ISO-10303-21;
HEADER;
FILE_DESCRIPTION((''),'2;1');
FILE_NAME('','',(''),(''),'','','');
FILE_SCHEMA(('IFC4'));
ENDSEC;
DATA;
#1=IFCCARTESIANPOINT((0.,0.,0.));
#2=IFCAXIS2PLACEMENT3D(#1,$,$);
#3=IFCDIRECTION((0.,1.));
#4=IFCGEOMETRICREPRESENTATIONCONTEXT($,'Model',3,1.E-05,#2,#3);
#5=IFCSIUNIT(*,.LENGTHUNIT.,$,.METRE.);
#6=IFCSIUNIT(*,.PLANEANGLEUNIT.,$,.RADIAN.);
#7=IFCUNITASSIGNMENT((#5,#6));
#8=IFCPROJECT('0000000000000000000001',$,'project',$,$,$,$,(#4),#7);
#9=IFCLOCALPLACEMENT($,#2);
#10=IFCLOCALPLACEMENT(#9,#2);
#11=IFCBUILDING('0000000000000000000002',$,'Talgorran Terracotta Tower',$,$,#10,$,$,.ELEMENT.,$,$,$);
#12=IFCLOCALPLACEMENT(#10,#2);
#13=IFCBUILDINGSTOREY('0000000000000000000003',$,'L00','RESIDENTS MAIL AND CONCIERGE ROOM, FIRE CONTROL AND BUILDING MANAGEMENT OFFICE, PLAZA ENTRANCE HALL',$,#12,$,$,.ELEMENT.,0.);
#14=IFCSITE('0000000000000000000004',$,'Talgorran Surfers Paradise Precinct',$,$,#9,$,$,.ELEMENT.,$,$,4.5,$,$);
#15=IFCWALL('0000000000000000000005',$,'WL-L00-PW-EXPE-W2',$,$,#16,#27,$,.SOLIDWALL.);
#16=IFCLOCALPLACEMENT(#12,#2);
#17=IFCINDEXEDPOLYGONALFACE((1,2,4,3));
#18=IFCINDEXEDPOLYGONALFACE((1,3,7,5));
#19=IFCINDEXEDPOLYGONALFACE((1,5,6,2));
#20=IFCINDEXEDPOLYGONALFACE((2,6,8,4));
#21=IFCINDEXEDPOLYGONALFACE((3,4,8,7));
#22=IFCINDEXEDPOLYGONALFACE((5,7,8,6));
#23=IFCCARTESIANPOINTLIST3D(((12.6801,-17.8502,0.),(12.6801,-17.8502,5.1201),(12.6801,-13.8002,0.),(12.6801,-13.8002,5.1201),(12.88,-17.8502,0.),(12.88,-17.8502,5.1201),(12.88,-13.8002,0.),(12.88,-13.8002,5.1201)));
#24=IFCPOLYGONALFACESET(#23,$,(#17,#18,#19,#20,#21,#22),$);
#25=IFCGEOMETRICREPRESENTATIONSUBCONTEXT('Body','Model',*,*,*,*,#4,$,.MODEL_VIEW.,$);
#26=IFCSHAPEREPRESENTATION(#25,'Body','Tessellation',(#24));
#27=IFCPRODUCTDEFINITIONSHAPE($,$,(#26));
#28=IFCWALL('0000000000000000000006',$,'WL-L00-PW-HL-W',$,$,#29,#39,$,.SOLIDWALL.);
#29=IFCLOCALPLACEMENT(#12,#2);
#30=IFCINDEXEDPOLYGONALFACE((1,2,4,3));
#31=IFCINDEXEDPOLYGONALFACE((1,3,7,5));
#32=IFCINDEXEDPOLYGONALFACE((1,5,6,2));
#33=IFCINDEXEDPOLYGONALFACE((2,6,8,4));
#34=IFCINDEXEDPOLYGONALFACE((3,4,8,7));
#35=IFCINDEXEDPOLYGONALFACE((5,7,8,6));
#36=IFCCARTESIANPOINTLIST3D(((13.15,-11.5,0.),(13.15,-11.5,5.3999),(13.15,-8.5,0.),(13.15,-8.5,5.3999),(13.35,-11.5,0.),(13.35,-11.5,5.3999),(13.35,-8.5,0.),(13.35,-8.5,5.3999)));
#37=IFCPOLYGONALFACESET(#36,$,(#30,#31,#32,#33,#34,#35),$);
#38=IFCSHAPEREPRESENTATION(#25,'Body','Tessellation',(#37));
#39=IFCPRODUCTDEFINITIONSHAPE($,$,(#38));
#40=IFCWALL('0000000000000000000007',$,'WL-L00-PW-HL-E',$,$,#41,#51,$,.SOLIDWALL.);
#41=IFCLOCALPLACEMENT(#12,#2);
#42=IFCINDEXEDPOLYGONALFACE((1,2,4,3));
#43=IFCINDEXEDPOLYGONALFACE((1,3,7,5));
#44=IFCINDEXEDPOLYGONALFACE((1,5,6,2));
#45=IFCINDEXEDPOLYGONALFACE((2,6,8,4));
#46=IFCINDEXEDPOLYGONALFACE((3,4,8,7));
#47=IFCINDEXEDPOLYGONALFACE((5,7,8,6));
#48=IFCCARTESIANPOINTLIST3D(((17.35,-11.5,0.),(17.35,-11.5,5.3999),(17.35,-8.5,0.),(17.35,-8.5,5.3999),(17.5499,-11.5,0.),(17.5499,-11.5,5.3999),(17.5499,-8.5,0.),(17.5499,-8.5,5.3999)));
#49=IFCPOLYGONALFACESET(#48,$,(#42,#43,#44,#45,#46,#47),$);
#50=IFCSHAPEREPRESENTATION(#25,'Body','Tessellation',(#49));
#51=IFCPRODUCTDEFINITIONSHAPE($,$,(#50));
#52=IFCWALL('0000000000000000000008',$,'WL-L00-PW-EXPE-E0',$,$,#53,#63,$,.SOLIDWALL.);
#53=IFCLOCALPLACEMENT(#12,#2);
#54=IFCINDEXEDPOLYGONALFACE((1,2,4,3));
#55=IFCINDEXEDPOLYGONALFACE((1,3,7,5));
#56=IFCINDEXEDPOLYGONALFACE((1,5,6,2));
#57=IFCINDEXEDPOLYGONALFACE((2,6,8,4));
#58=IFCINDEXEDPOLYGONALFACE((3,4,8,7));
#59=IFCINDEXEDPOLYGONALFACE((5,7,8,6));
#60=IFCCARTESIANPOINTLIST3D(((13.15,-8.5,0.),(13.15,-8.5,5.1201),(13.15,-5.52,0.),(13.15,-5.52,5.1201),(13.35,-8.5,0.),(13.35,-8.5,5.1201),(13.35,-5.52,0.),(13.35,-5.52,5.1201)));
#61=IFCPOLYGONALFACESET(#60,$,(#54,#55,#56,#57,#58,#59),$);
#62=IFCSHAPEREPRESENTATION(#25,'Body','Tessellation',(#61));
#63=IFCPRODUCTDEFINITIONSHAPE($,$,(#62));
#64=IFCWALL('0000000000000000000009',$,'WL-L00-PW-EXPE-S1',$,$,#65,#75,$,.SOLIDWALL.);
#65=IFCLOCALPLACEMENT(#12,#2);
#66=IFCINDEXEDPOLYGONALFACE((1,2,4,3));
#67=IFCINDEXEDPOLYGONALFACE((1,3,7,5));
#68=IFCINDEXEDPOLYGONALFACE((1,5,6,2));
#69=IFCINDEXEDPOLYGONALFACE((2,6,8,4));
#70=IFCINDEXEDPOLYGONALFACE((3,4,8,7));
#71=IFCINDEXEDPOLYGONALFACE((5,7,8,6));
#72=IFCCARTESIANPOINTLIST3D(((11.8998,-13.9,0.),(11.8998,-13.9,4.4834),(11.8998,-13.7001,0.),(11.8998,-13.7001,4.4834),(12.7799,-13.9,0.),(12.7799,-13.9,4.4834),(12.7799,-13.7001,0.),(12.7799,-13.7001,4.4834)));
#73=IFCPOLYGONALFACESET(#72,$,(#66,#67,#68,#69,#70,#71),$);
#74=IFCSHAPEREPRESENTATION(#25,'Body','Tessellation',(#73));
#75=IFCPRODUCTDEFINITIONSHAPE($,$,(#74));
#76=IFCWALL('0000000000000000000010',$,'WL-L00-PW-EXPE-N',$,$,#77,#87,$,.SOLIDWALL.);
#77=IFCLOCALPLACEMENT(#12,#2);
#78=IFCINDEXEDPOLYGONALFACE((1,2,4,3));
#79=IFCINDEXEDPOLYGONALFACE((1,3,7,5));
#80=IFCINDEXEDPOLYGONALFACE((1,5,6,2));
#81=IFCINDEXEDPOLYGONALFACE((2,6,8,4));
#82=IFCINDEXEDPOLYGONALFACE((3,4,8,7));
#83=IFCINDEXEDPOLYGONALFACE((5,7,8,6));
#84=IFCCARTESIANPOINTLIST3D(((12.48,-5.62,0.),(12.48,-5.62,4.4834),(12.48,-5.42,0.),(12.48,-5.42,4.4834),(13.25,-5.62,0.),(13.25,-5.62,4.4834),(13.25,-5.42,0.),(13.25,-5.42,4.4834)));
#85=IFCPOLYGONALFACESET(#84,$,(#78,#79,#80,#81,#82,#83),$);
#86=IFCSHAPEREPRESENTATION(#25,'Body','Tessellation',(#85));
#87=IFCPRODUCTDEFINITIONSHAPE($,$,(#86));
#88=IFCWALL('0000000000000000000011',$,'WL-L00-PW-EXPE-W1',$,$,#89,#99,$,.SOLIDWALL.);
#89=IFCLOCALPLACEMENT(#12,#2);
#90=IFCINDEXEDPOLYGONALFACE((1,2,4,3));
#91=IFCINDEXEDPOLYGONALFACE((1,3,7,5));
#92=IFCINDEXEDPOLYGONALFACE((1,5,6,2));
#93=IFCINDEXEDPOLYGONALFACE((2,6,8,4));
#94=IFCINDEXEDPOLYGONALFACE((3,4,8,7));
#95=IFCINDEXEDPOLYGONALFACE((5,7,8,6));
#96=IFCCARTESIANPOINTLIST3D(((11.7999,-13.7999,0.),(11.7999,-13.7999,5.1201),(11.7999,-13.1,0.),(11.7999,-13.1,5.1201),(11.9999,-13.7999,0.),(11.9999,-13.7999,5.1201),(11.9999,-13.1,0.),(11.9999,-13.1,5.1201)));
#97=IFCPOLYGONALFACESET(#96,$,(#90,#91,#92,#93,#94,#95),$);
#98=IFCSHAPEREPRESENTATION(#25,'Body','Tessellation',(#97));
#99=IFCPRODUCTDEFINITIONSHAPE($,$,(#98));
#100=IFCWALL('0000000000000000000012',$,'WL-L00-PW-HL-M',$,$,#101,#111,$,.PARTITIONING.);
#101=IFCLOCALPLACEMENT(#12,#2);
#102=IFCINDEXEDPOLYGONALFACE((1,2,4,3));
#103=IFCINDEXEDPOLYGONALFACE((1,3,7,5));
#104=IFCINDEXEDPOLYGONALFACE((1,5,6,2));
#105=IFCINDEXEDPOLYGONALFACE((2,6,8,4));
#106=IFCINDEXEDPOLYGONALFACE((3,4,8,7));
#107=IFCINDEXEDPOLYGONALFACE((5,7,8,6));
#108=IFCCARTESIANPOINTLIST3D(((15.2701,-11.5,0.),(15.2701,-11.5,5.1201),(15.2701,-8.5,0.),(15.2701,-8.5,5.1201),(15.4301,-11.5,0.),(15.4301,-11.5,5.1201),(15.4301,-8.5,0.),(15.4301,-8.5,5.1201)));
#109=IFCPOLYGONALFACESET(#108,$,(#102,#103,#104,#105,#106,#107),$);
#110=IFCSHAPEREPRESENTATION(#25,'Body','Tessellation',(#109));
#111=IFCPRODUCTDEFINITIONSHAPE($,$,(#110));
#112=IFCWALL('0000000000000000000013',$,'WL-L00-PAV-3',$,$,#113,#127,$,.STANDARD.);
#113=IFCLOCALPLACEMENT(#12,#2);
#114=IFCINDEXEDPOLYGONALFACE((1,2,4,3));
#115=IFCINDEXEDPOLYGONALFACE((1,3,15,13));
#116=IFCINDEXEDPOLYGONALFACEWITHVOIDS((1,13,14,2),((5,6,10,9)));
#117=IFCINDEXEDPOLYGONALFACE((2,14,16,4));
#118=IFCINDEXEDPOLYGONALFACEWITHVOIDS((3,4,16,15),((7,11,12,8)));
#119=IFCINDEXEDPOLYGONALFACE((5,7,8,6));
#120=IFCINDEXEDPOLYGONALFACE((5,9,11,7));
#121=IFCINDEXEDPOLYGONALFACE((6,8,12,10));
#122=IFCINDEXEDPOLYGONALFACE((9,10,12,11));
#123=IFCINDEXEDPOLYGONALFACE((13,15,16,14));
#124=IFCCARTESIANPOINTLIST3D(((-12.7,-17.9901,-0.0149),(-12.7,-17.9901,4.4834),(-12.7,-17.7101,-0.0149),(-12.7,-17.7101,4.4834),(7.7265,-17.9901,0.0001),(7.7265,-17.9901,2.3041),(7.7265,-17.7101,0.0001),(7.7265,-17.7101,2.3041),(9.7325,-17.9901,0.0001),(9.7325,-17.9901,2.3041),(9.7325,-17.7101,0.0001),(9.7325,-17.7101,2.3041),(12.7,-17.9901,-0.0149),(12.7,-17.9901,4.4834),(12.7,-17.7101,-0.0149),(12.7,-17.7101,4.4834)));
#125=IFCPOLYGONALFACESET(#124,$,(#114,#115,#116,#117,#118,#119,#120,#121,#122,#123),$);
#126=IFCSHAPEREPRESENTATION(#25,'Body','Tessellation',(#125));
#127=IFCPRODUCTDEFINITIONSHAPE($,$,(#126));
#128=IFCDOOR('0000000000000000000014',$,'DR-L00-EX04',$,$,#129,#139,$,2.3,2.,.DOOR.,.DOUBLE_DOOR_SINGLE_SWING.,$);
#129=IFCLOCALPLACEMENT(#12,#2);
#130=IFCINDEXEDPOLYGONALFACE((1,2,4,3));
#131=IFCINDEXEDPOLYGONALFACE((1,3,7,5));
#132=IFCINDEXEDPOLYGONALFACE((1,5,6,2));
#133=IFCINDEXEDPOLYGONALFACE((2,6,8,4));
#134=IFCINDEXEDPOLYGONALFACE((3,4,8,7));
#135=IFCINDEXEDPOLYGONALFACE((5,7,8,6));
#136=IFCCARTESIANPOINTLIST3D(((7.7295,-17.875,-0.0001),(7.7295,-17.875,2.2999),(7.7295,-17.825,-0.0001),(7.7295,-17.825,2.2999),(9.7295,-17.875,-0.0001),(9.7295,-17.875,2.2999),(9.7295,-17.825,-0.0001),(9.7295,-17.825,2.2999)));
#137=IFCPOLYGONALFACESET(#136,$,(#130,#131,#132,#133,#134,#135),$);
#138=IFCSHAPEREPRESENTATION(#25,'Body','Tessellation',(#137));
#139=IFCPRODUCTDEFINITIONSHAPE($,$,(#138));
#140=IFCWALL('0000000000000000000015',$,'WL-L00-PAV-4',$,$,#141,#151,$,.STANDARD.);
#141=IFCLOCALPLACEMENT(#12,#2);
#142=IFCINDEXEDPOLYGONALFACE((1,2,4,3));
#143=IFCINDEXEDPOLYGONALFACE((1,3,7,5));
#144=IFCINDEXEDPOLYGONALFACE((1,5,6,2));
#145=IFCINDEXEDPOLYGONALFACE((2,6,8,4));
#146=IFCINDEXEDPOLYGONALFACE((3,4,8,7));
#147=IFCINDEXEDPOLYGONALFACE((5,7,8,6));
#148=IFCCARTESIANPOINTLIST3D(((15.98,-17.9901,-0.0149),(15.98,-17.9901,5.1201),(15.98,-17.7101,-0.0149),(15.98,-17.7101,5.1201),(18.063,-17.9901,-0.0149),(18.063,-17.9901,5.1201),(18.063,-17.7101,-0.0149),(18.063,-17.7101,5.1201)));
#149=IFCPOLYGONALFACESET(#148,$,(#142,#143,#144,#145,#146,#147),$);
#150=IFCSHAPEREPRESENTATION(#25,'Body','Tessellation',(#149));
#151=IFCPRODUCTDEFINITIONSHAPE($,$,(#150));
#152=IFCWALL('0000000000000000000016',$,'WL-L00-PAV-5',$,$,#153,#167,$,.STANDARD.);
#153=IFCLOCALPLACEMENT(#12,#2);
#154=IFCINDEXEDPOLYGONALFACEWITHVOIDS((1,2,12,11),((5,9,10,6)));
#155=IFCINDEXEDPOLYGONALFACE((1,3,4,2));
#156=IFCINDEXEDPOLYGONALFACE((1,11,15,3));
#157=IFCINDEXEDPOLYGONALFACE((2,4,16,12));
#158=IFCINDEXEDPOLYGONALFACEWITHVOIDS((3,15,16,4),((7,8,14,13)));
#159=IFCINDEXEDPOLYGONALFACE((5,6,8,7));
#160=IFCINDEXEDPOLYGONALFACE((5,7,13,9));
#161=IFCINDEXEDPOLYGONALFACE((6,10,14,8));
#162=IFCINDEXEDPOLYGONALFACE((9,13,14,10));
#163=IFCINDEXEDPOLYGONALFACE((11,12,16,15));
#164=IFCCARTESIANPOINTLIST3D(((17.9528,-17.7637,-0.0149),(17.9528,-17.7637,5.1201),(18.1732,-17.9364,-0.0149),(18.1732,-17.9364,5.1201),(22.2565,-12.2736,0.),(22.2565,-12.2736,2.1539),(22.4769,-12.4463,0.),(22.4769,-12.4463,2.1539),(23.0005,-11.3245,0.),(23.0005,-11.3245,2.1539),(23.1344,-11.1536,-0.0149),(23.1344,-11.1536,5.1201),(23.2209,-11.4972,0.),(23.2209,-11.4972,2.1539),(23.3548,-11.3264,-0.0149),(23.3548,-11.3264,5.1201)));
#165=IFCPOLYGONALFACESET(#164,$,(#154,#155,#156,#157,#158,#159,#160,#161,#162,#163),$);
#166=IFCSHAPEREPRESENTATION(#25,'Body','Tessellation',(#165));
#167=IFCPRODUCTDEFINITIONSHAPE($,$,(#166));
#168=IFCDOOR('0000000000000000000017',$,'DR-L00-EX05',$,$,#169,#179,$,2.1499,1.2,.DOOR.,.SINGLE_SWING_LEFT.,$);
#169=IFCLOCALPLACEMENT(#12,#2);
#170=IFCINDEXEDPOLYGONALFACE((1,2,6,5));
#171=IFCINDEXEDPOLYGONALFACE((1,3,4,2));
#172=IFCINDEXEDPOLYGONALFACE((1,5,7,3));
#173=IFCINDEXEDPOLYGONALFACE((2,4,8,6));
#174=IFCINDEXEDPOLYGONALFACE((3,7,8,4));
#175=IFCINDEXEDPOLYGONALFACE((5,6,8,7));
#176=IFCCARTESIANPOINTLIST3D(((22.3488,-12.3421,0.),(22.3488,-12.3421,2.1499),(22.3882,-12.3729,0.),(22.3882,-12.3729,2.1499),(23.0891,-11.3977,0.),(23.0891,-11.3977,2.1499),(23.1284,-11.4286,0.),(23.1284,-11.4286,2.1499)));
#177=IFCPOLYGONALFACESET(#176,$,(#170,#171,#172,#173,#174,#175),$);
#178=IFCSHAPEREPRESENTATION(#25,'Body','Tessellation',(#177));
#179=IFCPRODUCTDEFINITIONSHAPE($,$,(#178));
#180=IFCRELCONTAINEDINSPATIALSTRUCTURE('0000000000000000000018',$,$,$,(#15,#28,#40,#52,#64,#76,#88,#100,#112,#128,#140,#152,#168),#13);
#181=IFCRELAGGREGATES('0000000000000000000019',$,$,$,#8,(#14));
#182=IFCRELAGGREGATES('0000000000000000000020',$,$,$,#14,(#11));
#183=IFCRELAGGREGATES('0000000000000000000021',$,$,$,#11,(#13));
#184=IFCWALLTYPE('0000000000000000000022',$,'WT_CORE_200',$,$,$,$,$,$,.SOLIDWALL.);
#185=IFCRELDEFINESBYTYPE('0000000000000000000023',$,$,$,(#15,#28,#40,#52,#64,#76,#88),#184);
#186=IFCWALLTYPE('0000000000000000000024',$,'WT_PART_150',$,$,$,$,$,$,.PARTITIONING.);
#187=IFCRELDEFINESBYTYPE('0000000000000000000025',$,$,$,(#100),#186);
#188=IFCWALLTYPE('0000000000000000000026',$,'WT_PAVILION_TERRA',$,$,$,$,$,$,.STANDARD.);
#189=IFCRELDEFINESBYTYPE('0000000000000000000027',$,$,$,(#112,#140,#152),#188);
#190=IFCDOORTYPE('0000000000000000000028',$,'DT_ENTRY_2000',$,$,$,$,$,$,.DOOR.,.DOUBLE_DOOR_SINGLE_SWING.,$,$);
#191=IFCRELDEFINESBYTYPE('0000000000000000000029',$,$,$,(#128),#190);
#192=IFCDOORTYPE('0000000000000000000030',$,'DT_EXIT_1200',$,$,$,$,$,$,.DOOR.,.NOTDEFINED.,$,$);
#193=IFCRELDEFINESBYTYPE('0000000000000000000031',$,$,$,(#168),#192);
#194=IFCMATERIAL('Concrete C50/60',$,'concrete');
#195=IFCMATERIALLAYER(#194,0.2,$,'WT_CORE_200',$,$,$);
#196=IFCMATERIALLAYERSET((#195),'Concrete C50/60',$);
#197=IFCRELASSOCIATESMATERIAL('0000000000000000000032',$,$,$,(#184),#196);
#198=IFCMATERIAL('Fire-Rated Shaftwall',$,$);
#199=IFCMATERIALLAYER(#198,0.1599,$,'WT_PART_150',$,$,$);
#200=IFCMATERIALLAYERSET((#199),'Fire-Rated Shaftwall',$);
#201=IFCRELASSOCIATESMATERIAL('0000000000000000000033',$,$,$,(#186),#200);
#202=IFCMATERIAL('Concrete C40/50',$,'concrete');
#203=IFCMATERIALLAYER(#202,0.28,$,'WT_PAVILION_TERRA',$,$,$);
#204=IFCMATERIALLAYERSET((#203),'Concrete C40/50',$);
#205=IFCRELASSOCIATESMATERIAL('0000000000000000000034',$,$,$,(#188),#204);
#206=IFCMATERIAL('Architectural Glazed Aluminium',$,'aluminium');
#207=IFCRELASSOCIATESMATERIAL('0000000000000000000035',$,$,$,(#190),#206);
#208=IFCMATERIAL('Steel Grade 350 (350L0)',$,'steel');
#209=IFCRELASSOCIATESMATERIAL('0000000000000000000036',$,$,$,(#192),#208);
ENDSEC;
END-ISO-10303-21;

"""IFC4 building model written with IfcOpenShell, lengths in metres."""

from ifc_helpers import new_model, si_unit, direction, frame, frame_2d, origin, place, context, subcontext, project, spatial, rectangle, extrude, material, layer, layer_set, type_object, element, fill, save


model = new_model("IFC4")

# Units and contexts
model_context = context("Model", 3, precision=1e-05, world=origin(), true_north=direction((0.0, 1.0)))
body_context = subcontext(model_context, "Body", "Model", "MODEL_VIEW")
ifc_project = project(units=[si_unit("LENGTHUNIT", "METRE"), si_unit("PLANEANGLEUNIT", "RADIAN")], contexts=[model_context])

# Site, building, storey
site_placement = place(None, origin())
site = spatial("IfcSite", under=ifc_project, at=site_placement, Name="Talgorran Surfers Paradise Precinct", CompositionType="ELEMENT", RefElevation=4.5)
building_placement = place(site_placement, origin())
building = spatial("IfcBuilding", under=site, at=building_placement, Name="Talgorran Terracotta Tower", CompositionType="ELEMENT")
storey_placement = place(building_placement, origin())
storey = spatial("IfcBuildingStorey", under=building, at=storey_placement, Name="L00", Description="RESIDENTS MAIL AND CONCIERGE ROOM, FIRE CONTROL AND BUILDING MANAGEMENT OFFICE, PLAZA ENTRANCE HALL", CompositionType="ELEMENT", Elevation=0.0)

# Shared definitions
ifc_material_1 = material(Name="Steel Grade 350 (350L0)", Category="steel")

# Shared definitions
ifc_material_2 = material(Name="Concrete C50/60", Category="concrete")
ifc_layer_1 = layer(ifc_material_2, 0.2, Name="WT_CORE_200")
ifc_layer_set_1 = layer_set([ifc_layer_1], Name="Concrete C50/60")
wall_type_1 = type_object("IfcWallType", Name="WT_CORE_200", PredefinedType="SOLIDWALL", material=ifc_layer_set_1)

# Walls
wall_1_placement = place(storey_placement, frame((12.78, -17.8501, 0.0), z_axis=(0.0, 0.0, 1.0), x_axis=(0.0, 1.0, 0.0)))
element("IfcWall", 1, at=wall_1_placement, inside=storey, type_object=wall_type_1, Name="WL-L00-PW-EXPE-W2", PredefinedType="SOLIDWALL", context=body_context, shape_type="SweptSolid", body=[
    extrude(rectangle(XDim=4.05, YDim=0.2, at=frame_2d((2.0249, 0.0))), origin(), (0.0, 0.0, 1.0), 5.1201),
])
for number, where, z_axis, x_axis, name in (
    (2, (13.25, -11.5, 0.0), (0.0, 0.0, 1.0), (0.0, 1.0, 0.0), "WL-L00-PW-HL-W"),
    (3, (17.45, -11.5, 0.0), (0.0, 0.0, 1.0), (0.0, 1.0, 0.0), "WL-L00-PW-HL-E"),
):
    element("IfcWall", number, at=place(storey_placement, frame(where, z_axis=z_axis, x_axis=x_axis)), inside=storey, type_object=wall_type_1, Name=name, PredefinedType="SOLIDWALL", context=body_context, shape_type="SweptSolid", body=[
        extrude(rectangle(XDim=3.0, YDim=0.2, at=frame_2d((1.5, 0.0))), origin(), (0.0, 0.0, 1.0), 5.3999),
    ])
wall_2_placement = place(storey_placement, frame((13.25, -8.5, 0.0), z_axis=(0.0, 0.0, 1.0), x_axis=(0.0, 1.0, 0.0)))
element("IfcWall", 4, at=wall_2_placement, inside=storey, type_object=wall_type_1, Name="WL-L00-PW-EXPE-E0", PredefinedType="SOLIDWALL", context=body_context, shape_type="SweptSolid", body=[
    extrude(rectangle(XDim=2.98, YDim=0.2, at=frame_2d((1.49, 0.0))), origin(), (0.0, 0.0, 1.0), 5.1201),
])
wall_3_placement = place(storey_placement, frame((11.8999, -13.8, 0.0), z_axis=(0.0, 0.0, 1.0), x_axis=(1.0, 0.0, 0.0)))
element("IfcWall", 5, at=wall_3_placement, inside=storey, type_object=wall_type_1, Name="WL-L00-PW-EXPE-S1", PredefinedType="SOLIDWALL", context=body_context, shape_type="SweptSolid", body=[
    extrude(rectangle(XDim=0.8801, YDim=0.2, at=frame_2d((0.4399, 0.0))), origin(), (0.0, 0.0, 1.0), 4.4834),
])
wall_4_placement = place(storey_placement, frame((12.48, -5.52, 0.0), z_axis=(0.0, 0.0, 1.0), x_axis=(1.0, 0.0, 0.0)))
element("IfcWall", 6, at=wall_4_placement, inside=storey, type_object=wall_type_1, Name="WL-L00-PW-EXPE-N", PredefinedType="SOLIDWALL", context=body_context, shape_type="SweptSolid", body=[
    extrude(rectangle(XDim=0.77, YDim=0.2, at=frame_2d((0.385, 0.0))), origin(), (0.0, 0.0, 1.0), 4.4834),
])
wall_5_placement = place(storey_placement, frame((11.8999, -13.8, 0.0), z_axis=(0.0, 0.0, 1.0), x_axis=(0.0, 1.0, 0.0)))
element("IfcWall", 7, at=wall_5_placement, inside=storey, type_object=wall_type_1, Name="WL-L00-PW-EXPE-W1", PredefinedType="SOLIDWALL", context=body_context, shape_type="SweptSolid", body=[
    extrude(rectangle(XDim=0.7, YDim=0.2, at=frame_2d((0.3501, 0.0))), origin(), (0.0, 0.0, 1.0), 5.1201),
])
ifc_material_3 = material(Name="Fire-Rated Shaftwall")
ifc_layer_2 = layer(ifc_material_3, 0.1599, Name="WT_PART_150")
ifc_layer_set_2 = layer_set([ifc_layer_2], Name="Fire-Rated Shaftwall")
wall_type_2 = type_object("IfcWallType", Name="WT_PART_150", PredefinedType="PARTITIONING", material=ifc_layer_set_2)
wall_6_placement = place(storey_placement, frame((15.3501, -11.5, 0.0), z_axis=(0.0, 0.0, 1.0), x_axis=(0.0, 1.0, 0.0)))
element("IfcWall", 8, at=wall_6_placement, inside=storey, type_object=wall_type_2, Name="WL-L00-PW-HL-M", PredefinedType="PARTITIONING", context=body_context, shape_type="SweptSolid", body=[
    extrude(rectangle(XDim=3.0, YDim=0.1599, at=frame_2d((1.5, 0.0))), origin(), (0.0, 0.0, 1.0), 5.1201),
])

# Wall, opening, door
ifc_material_4 = material(Name="Concrete C40/50", Category="concrete")
ifc_layer_3 = layer(ifc_material_4, 0.28, Name="WT_PAVILION_TERRA")
ifc_layer_set_3 = layer_set([ifc_layer_3], Name="Concrete C40/50")
wall_type_3 = type_object("IfcWallType", Name="WT_PAVILION_TERRA", PredefinedType="STANDARD", material=ifc_layer_set_3)
wall_7_placement = place(storey_placement, frame((12.7, -17.8501, -0.0149), z_axis=(0.0, 0.0, 1.0), x_axis=(-1.0, 0.0, 0.0)))
wall_7 = element("IfcWall", 9, at=wall_7_placement, inside=storey, type_object=wall_type_3, Name="WL-L00-PAV-3", PredefinedType="STANDARD", context=body_context, shape_type="SweptSolid", body=[
    extrude(rectangle(XDim=25.3999, YDim=0.28, at=frame_2d((12.7, 0.0))), origin(), (0.0, 0.0, 1.0), 4.4983),
])
opening_1_placement = place(wall_7_placement, frame((2.9705, 0.0, 0.0149)))
opening_1 = element("IfcOpeningElement", 10, at=opening_1_placement, cuts=wall_7, PredefinedType="OPENING", context=body_context, shape_type="SweptSolid", body=[
    extrude(rectangle(XDim=2.006, YDim=2.304, at=frame_2d((1.0, 1.1521))), frame((0.0, 0.1499, 0.0), z_axis=(0.0, -1.0, 0.0), x_axis=(1.0, 0.0, 0.0)), (0.0, 0.0, 1.0), 0.3),
])
ifc_material_5 = material(Name="Architectural Glazed Aluminium", Category="aluminium")
door_type_1 = type_object("IfcDoorType", Name="DT_ENTRY_2000", OperationType="DOUBLE_DOOR_SINGLE_SWING", PredefinedType="DOOR", material=ifc_material_5)
door_1_placement = place(opening_1_placement, origin())
door_1 = element("IfcDoor", 11, at=door_1_placement, inside=storey, type_object=door_type_1, Name="DR-L00-EX04", OperationType="DOUBLE_DOOR_SINGLE_SWING", OverallHeight=2.3, OverallWidth=2.0, PredefinedType="DOOR", context=body_context, shape_type="SweptSolid", body=[
    extrude(rectangle(XDim=2.0, YDim=2.3, at=frame_2d((1.0, 1.1499))), frame((0.0, 0.0249, 0.0), z_axis=(0.0, -1.0, 0.0), x_axis=(1.0, 0.0, 0.0)), (0.0, 0.0, 1.0), 0.05),
])
fill(opening_1, door_1)

# Wall
wall_8_placement = place(storey_placement, frame((18.063, -17.8501, -0.0149), z_axis=(0.0, 0.0, 1.0), x_axis=(-1.0, 0.0, 0.0)))
element("IfcWall", 12, at=wall_8_placement, inside=storey, type_object=wall_type_3, Name="WL-L00-PAV-4", PredefinedType="STANDARD", context=body_context, shape_type="SweptSolid", body=[
    extrude(rectangle(XDim=2.083, YDim=0.28, at=frame_2d((1.0415, 0.0))), origin(), (0.0, 0.0, 1.0), 5.135),
])

# Wall, opening, door
wall_9_placement = place(storey_placement, frame((23.2446, -11.24, -0.0149), z_axis=(0.0, 0.0, 1.0), x_axis=(-0.616937, -0.787013, 0.0)))
wall_9 = element("IfcWall", 13, at=wall_9_placement, inside=storey, type_object=wall_type_3, Name="WL-L00-PAV-5", PredefinedType="STANDARD", context=body_context, shape_type="SweptSolid", body=[
    extrude(rectangle(XDim=8.3989, YDim=0.28, at=frame_2d((4.1995, 0.0))), origin(), (0.0, 0.0, 1.0), 5.135),
])
opening_2_placement = place(wall_9_placement, frame((0.22, 0.0, 0.0149)))
opening_2 = element("IfcOpeningElement", 14, at=opening_2_placement, cuts=wall_9, PredefinedType="OPENING", context=body_context, shape_type="SweptSolid", body=[
    extrude(rectangle(XDim=1.206, YDim=2.1539, at=frame_2d((0.6001, 1.0769))), frame((0.0, 0.1499, 0.0), z_axis=(0.0, -1.0, 0.0), x_axis=(1.0, 0.0, 0.0)), (0.0, 0.0, 1.0), 0.3),
])
door_type_2 = type_object("IfcDoorType", Name="DT_EXIT_1200", OperationType="NOTDEFINED", PredefinedType="DOOR", material=ifc_material_1)
door_2_placement = place(opening_2_placement, origin())
door_2 = element("IfcDoor", 15, at=door_2_placement, inside=storey, type_object=door_type_2, Name="DR-L00-EX05", OperationType="SINGLE_SWING_LEFT", OverallHeight=2.1499, OverallWidth=1.2, PredefinedType="DOOR", context=body_context, shape_type="SweptSolid", body=[
    extrude(rectangle(XDim=1.2, YDim=2.1499, at=frame_2d((0.6001, 1.075))), frame((0.0, 0.0249, 0.0), z_axis=(0.0, -1.0, 0.0), x_axis=(1.0, 0.0, 0.0)), (0.0, 0.0, 1.0), 0.05),
])
fill(opening_2, door_2)

save(model, "model.ifc")
